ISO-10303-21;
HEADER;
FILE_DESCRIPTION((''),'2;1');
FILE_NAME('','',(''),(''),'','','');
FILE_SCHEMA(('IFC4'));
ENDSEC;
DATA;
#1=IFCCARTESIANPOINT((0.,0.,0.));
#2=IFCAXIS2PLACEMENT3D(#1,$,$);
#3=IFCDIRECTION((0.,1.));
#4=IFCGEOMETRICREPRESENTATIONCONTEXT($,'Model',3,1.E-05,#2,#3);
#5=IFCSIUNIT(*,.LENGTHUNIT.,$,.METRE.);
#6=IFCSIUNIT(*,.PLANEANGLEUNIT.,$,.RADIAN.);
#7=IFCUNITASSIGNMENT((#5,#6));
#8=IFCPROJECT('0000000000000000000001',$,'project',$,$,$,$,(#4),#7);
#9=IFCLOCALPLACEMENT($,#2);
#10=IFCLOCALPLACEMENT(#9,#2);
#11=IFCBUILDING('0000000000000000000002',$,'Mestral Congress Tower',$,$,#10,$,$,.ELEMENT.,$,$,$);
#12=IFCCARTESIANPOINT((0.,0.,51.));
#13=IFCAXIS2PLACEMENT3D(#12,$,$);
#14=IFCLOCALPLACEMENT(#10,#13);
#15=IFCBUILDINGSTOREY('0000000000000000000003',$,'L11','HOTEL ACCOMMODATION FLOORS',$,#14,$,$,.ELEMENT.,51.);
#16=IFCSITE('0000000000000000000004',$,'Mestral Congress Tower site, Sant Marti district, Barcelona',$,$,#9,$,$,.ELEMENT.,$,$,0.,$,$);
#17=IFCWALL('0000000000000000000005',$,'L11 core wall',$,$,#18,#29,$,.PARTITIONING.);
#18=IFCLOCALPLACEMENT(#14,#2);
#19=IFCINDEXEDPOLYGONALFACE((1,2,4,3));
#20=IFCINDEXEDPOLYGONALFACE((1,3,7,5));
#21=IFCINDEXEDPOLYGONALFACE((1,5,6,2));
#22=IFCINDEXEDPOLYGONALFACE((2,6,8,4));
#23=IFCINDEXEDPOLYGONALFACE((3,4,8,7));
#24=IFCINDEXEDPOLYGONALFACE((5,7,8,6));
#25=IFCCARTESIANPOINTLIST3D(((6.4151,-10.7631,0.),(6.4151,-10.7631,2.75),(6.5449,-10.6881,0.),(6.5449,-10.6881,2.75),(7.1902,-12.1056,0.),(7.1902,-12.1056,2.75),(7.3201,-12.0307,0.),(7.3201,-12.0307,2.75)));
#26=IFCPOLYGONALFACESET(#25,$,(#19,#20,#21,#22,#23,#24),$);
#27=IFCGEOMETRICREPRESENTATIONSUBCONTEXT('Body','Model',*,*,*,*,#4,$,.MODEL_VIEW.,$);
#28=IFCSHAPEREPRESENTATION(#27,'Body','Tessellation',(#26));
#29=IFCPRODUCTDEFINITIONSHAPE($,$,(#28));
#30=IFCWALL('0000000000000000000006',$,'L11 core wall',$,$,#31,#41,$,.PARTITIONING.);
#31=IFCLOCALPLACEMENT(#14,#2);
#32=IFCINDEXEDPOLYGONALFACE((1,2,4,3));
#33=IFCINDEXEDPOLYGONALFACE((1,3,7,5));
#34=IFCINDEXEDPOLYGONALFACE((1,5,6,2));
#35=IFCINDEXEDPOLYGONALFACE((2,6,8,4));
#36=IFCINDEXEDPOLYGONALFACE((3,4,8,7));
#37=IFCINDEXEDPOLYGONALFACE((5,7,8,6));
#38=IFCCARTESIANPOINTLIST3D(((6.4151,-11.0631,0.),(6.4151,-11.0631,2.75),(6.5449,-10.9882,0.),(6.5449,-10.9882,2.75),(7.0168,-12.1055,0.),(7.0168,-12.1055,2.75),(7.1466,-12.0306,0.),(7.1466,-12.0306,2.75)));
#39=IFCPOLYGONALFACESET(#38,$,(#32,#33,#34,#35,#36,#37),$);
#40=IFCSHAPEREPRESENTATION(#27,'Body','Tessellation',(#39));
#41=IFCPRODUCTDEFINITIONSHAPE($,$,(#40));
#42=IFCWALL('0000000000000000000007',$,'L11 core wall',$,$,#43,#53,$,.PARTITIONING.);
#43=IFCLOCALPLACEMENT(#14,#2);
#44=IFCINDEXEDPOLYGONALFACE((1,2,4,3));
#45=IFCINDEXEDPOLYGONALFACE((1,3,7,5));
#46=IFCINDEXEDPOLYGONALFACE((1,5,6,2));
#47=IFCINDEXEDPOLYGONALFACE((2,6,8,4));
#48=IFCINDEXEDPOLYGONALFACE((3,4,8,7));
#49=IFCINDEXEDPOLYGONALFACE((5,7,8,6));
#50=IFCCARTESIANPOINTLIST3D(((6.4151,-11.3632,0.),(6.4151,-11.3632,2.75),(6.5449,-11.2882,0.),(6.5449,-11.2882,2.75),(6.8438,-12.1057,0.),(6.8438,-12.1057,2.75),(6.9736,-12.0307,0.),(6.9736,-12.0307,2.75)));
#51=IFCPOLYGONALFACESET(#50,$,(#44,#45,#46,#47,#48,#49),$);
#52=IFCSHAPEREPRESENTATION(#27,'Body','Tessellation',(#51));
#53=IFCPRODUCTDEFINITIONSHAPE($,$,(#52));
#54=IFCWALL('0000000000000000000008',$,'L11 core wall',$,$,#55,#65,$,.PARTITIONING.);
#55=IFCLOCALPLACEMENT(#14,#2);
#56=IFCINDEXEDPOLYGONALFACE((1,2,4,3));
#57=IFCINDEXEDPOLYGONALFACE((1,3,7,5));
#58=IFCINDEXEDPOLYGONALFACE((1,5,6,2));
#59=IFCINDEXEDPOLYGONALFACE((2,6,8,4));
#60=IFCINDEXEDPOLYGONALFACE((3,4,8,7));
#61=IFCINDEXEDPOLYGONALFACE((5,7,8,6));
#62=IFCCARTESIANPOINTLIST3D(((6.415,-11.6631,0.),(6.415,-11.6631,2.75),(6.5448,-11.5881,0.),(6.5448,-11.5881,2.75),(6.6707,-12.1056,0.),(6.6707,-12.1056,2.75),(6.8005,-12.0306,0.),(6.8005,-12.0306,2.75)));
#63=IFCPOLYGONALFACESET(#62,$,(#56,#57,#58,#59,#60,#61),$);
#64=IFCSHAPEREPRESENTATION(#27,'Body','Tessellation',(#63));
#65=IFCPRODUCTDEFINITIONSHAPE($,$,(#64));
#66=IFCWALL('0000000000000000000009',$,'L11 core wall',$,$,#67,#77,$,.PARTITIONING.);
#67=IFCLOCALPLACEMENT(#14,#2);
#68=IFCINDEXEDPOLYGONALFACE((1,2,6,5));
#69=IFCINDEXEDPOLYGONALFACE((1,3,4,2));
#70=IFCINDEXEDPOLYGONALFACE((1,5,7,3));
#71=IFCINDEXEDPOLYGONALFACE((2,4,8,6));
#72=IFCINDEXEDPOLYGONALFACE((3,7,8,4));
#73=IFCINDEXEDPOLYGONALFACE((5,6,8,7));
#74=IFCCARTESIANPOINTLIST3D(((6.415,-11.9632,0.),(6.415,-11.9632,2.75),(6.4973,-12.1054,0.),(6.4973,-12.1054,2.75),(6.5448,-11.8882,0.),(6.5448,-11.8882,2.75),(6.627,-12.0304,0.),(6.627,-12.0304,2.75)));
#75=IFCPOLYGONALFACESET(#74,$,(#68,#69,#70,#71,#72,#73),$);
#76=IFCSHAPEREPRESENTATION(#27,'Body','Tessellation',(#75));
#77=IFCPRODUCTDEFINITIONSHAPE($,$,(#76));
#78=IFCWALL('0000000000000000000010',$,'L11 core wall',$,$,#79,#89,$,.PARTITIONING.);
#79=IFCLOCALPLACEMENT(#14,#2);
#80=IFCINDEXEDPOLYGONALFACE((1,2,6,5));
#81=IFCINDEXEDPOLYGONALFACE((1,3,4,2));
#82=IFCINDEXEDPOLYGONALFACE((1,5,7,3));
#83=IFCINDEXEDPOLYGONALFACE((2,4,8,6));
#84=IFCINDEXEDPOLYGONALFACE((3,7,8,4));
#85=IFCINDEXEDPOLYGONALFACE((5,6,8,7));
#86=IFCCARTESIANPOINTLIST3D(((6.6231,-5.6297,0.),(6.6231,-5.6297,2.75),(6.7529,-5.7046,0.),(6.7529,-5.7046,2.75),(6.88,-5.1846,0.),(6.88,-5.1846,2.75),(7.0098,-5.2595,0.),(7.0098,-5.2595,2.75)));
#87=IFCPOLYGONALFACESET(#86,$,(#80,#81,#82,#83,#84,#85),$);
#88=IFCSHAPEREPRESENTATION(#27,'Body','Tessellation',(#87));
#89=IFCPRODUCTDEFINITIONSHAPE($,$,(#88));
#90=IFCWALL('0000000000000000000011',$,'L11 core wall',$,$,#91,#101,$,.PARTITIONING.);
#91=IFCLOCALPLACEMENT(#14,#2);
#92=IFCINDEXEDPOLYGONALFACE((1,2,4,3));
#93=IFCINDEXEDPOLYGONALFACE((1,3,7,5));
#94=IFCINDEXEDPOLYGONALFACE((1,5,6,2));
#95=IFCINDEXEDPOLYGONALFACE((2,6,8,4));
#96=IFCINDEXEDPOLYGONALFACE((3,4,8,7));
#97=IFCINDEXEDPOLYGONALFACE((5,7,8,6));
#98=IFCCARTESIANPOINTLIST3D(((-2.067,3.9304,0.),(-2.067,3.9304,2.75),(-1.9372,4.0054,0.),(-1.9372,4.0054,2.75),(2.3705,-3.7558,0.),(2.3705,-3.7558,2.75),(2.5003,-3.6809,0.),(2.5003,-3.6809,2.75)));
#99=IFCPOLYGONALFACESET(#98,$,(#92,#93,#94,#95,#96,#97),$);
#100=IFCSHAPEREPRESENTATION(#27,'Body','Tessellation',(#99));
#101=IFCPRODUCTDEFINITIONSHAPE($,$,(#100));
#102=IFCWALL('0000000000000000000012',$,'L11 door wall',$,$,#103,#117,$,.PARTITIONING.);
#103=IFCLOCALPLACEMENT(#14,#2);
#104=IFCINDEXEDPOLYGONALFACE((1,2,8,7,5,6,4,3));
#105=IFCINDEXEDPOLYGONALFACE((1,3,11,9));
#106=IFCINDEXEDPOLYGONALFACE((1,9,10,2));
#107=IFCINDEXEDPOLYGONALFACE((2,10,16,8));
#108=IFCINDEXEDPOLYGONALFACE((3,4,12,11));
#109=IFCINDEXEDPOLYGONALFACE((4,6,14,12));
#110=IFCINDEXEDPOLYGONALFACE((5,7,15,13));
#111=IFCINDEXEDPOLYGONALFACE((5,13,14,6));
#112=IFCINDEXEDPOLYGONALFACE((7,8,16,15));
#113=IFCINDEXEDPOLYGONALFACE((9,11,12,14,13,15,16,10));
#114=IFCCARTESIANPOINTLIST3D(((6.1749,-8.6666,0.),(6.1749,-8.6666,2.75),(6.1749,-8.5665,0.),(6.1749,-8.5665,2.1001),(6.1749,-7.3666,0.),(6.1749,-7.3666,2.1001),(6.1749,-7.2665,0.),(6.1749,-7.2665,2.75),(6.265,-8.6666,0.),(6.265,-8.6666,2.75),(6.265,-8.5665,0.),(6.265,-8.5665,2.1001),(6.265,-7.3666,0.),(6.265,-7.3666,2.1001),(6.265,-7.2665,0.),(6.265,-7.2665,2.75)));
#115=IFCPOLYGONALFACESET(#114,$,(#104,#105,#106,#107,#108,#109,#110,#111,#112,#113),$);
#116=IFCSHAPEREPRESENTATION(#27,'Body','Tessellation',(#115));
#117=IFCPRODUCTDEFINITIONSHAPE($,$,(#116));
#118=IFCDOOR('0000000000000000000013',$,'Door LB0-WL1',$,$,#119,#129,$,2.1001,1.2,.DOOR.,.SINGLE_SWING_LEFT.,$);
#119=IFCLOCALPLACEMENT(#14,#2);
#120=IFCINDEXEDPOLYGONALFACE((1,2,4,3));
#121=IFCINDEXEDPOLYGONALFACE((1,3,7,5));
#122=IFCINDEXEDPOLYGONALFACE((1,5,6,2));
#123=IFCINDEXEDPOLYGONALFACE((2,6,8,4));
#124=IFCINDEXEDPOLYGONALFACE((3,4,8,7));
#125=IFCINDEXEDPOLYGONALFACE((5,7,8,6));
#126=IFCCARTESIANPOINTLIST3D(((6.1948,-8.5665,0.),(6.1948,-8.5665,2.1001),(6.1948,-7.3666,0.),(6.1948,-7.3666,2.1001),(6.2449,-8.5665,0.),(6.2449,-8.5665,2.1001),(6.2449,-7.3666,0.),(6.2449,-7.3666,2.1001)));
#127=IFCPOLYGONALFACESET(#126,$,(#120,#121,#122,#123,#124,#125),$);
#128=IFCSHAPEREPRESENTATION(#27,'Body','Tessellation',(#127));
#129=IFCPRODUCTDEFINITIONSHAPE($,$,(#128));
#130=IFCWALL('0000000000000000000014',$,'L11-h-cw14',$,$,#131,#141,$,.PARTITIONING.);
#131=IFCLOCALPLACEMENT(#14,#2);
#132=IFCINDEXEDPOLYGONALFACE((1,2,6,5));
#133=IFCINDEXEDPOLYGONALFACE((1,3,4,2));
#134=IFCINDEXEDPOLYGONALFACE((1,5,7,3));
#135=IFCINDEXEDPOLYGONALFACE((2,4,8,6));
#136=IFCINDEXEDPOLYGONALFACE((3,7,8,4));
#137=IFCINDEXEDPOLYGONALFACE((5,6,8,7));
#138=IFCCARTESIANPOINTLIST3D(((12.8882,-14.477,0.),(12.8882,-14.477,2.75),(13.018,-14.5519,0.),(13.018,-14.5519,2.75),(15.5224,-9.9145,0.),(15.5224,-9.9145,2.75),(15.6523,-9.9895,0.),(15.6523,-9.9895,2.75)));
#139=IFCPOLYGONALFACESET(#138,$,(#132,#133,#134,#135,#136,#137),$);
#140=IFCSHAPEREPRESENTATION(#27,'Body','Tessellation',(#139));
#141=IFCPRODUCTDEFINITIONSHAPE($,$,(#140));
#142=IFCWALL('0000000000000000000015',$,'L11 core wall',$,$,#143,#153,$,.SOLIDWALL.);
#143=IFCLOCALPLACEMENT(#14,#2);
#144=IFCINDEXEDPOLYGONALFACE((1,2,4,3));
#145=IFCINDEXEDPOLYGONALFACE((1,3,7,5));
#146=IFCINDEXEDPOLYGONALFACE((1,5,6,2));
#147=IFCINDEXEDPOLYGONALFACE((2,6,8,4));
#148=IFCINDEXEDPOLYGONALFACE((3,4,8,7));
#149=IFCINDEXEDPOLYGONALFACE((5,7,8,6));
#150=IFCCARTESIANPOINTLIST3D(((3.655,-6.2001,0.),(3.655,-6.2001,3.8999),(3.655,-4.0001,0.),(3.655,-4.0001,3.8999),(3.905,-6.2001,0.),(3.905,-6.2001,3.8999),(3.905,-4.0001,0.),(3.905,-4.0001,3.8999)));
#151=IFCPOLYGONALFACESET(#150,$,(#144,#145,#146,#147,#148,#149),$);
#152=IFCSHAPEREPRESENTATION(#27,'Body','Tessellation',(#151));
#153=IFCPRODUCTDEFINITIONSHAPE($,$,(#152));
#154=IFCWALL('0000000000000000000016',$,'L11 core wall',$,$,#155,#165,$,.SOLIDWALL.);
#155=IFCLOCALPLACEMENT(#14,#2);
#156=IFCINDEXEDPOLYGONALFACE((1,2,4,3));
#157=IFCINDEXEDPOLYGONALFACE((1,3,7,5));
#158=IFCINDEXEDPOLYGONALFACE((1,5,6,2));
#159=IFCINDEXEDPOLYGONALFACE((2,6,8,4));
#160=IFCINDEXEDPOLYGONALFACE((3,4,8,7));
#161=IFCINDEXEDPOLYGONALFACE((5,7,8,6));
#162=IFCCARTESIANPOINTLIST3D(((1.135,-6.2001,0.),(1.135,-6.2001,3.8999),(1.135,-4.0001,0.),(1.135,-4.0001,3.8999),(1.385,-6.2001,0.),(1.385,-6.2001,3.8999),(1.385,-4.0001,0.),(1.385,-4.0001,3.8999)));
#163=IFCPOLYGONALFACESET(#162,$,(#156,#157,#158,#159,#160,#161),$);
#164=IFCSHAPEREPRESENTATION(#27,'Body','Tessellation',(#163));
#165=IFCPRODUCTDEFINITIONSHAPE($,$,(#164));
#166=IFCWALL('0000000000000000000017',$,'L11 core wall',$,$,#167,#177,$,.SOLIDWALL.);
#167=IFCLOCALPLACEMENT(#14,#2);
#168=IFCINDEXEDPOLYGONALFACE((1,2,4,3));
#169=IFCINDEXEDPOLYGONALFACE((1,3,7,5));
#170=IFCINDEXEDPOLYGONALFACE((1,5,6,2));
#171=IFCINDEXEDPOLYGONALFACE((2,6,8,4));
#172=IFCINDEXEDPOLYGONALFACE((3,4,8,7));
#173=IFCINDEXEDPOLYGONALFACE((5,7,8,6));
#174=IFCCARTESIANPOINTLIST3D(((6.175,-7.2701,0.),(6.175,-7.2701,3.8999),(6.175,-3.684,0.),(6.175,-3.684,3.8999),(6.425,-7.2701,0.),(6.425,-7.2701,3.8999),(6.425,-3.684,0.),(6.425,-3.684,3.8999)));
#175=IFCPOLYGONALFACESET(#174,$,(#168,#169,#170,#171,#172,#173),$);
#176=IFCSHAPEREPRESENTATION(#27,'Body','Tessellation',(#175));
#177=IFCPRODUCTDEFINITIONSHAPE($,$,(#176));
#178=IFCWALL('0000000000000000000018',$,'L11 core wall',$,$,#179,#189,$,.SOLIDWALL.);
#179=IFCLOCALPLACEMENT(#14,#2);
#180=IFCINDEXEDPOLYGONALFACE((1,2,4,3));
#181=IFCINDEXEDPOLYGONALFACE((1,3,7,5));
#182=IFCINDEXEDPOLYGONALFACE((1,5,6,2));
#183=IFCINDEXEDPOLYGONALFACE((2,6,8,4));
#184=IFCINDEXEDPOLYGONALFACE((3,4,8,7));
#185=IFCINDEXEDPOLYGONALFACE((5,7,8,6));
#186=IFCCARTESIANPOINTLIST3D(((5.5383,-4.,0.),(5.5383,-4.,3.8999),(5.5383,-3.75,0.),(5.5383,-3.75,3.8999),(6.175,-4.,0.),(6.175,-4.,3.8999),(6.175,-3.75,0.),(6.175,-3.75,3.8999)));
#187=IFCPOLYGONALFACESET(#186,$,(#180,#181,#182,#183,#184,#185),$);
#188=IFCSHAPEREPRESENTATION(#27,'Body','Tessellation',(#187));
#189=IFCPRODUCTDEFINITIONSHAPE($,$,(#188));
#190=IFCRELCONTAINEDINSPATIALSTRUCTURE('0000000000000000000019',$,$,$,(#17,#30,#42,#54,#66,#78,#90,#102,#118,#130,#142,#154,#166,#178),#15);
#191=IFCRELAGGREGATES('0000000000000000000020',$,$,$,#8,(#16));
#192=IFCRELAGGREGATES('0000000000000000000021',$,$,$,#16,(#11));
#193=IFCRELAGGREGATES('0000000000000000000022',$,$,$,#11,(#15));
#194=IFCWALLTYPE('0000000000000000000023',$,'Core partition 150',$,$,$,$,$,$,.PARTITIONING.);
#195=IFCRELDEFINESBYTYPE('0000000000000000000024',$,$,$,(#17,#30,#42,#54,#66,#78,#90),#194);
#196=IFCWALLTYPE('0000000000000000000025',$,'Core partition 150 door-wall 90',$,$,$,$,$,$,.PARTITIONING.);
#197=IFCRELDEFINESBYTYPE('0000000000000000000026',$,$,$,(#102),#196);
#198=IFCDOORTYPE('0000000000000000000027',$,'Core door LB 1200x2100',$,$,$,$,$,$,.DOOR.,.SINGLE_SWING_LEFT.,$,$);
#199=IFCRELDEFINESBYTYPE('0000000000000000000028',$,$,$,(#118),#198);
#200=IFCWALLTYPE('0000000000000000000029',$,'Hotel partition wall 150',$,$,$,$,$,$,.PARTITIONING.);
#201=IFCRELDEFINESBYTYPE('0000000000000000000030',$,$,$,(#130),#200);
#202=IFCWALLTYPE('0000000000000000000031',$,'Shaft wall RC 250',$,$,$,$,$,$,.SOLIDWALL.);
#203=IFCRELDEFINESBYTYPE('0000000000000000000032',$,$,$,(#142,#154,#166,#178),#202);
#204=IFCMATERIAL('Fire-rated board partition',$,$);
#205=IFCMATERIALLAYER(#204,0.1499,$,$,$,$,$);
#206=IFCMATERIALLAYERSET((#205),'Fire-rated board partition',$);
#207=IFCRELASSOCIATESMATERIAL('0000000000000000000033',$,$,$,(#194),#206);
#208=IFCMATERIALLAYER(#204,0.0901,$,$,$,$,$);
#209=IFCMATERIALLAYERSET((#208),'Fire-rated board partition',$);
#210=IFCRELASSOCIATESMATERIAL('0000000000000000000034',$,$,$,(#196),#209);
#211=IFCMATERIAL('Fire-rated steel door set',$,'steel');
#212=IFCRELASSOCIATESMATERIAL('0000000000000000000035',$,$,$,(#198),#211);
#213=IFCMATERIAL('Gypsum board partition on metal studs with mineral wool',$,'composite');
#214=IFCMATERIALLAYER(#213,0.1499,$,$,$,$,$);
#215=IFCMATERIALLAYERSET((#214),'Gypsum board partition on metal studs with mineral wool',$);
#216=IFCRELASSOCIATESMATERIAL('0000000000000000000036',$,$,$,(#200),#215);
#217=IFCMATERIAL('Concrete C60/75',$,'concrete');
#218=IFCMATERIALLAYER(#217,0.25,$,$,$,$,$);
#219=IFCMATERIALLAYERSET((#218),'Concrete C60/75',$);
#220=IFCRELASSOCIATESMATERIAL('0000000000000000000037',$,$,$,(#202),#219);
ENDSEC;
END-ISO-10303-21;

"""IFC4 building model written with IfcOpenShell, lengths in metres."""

from ifc_helpers import new_model, si_unit, direction, frame, frame_2d, origin, place, context, subcontext, project, spatial, rectangle, extrude, material, layer, layer_set, type_object, element, fill, save


model = new_model("IFC4")

# Units and contexts
model_context = context("Model", 3, precision=1e-05, world=origin(), true_north=direction((0.0, 1.0)))
body_context = subcontext(model_context, "Body", "Model", "MODEL_VIEW")
ifc_project = project(units=[si_unit("LENGTHUNIT", "METRE"), si_unit("PLANEANGLEUNIT", "RADIAN")], contexts=[model_context])

# Site, building, storey
site_placement = place(None, origin())
site = spatial("IfcSite", under=ifc_project, at=site_placement, Name="Mestral Congress Tower site, Sant Marti district, Barcelona", CompositionType="ELEMENT", RefElevation=0.0)
building_placement = place(site_placement, origin())
building = spatial("IfcBuilding", under=site, at=building_placement, Name="Mestral Congress Tower", CompositionType="ELEMENT")
storey_placement = place(building_placement, frame((0.0, 0.0, 51.0)))
storey = spatial("IfcBuildingStorey", under=building, at=storey_placement, Name="L11", Description="HOTEL ACCOMMODATION FLOORS", CompositionType="ELEMENT", Elevation=51.0)

# Walls
ifc_material_1 = material(Name="Fire-rated board partition")
ifc_layer_1 = layer(ifc_material_1, 0.1499)
ifc_layer_set_1 = layer_set([ifc_layer_1], Name="Fire-rated board partition")
wall_type_1 = type_object("IfcWallType", Name="Core partition 150", PredefinedType="PARTITIONING", material=ifc_layer_set_1)
wall_1_placement = place(storey_placement, frame((6.48, -10.7256, 0.0), z_axis=(0.0, 0.0, 1.0), x_axis=(0.500018, -0.866015, 0.0)))
element("IfcWall", 1, at=wall_1_placement, inside=storey, type_object=wall_type_1, Name="L11 core wall", PredefinedType="PARTITIONING", context=body_context, shape_type="SweptSolid", body=[
    extrude(rectangle(XDim=1.5503, YDim=0.1499, at=frame_2d((0.7751, 0.0))), origin(), (0.0, 0.0, 1.0), 2.75),
])
wall_2_placement = place(storey_placement, frame((6.48, -11.0256, 0.0), z_axis=(0.0, 0.0, 1.0), x_axis=(0.499957, -0.86605, 0.0)))
element("IfcWall", 2, at=wall_2_placement, inside=storey, type_object=wall_type_1, Name="L11 core wall", PredefinedType="PARTITIONING", context=body_context, shape_type="SweptSolid", body=[
    extrude(rectangle(XDim=1.2036, YDim=0.1499, at=frame_2d((0.6018, 0.0))), origin(), (0.0, 0.0, 1.0), 2.75),
])
wall_3_placement = place(storey_placement, frame((6.48, -11.3257, 0.0), z_axis=(0.0, 0.0, 1.0), x_axis=(0.500059, -0.865991, 0.0)))
element("IfcWall", 3, at=wall_3_placement, inside=storey, type_object=wall_type_1, Name="L11 core wall", PredefinedType="PARTITIONING", context=body_context, shape_type="SweptSolid", body=[
    extrude(rectangle(XDim=0.8574, YDim=0.1499, at=frame_2d((0.4287, 0.0))), origin(), (0.0, 0.0, 1.0), 2.75),
])
wall_4_placement = place(storey_placement, frame((6.48, -11.6257, 0.0), z_axis=(0.0, 0.0, 1.0), x_axis=(0.500301, -0.865851, 0.0)))
element("IfcWall", 4, at=wall_4_placement, inside=storey, type_object=wall_type_1, Name="L11 core wall", PredefinedType="PARTITIONING", context=body_context, shape_type="SweptSolid", body=[
    extrude(rectangle(XDim=0.511, YDim=0.1499, at=frame_2d((0.2554, 0.0))), origin(), (0.0, 0.0, 1.0), 2.75),
])
wall_5_placement = place(storey_placement, frame((6.48, -11.9258, 0.0), z_axis=(0.0, 0.0, 1.0), x_axis=(0.500451, -0.865765, 0.0)))
element("IfcWall", 5, at=wall_5_placement, inside=storey, type_object=wall_type_1, Name="L11 core wall", PredefinedType="PARTITIONING", context=body_context, shape_type="SweptSolid", body=[
    extrude(rectangle(XDim=0.1643, YDim=0.1499, at=frame_2d((0.082, 0.0))), origin(), (0.0, 0.0, 1.0), 2.75),
])
wall_6_placement = place(storey_placement, frame((6.9448, -5.2222, 0.0), z_axis=(0.0, 0.0, 1.0), x_axis=(-0.499818, -0.86613, 0.0)))
element("IfcWall", 6, at=wall_6_placement, inside=storey, type_object=wall_type_1, Name="L11 core wall", PredefinedType="PARTITIONING", context=body_context, shape_type="SweptSolid", body=[
    extrude(rectangle(XDim=0.5139, YDim=0.1499, at=frame_2d((0.2568, 0.0))), origin(), (0.0, 0.0, 1.0), 2.75),
])
wall_7_placement = place(storey_placement, frame((2.4353, -3.7183, 0.0), z_axis=(0.0, 0.0, 1.0), x_axis=(-0.499985, 0.866034, 0.0)))
element("IfcWall", 7, at=wall_7_placement, inside=storey, type_object=wall_type_1, Name="L11 core wall", PredefinedType="PARTITIONING", context=body_context, shape_type="SweptSolid", body=[
    extrude(rectangle(XDim=8.8752, YDim=0.1499, at=frame_2d((4.4375, 0.0))), origin(), (0.0, 0.0, 1.0), 2.75),
])

# Wall, opening, door
ifc_layer_2 = layer(ifc_material_1, 0.0901)
ifc_layer_set_2 = layer_set([ifc_layer_2], Name="Fire-rated board partition")
wall_type_2 = type_object("IfcWallType", Name="Core partition 150 door-wall 90", PredefinedType="PARTITIONING", material=ifc_layer_set_2)
wall_8_placement = place(storey_placement, frame((6.22, -7.2664, 0.0), z_axis=(0.0, 0.0, 1.0), x_axis=(0.0, -1.0, 0.0)))
wall_8 = element("IfcWall", 8, at=wall_8_placement, inside=storey, type_object=wall_type_2, Name="L11 door wall", PredefinedType="PARTITIONING", context=body_context, shape_type="SweptSolid", body=[
    extrude(rectangle(XDim=1.4001, YDim=0.0901, at=frame_2d((0.7002, 0.0))), origin(), (0.0, 0.0, 1.0), 2.75),
])
opening_1_placement = place(wall_8_placement, frame((0.1001, 0.0, 0.0)))
opening_1 = element("IfcOpeningElement", 9, at=opening_1_placement, cuts=wall_8, PredefinedType="OPENING", context=body_context, shape_type="SweptSolid", body=[
    extrude(rectangle(XDim=1.2, YDim=2.1001, at=frame_2d((0.6001, 1.05))), frame((0.0, 0.0549, 0.0), z_axis=(0.0, -1.0, 0.0), x_axis=(1.0, 0.0, 0.0)), (0.0, 0.0, 1.0), 0.1101),
])
ifc_material_2 = material(Name="Fire-rated steel door set", Category="steel")
door_type_1 = type_object("IfcDoorType", Name="Core door LB 1200x2100", OperationType="SINGLE_SWING_LEFT", PredefinedType="DOOR", material=ifc_material_2)
door_1_placement = place(opening_1_placement, origin())
door_1 = element("IfcDoor", 10, at=door_1_placement, inside=storey, type_object=door_type_1, Name="Door LB0-WL1", OperationType="SINGLE_SWING_LEFT", OverallHeight=2.1001, OverallWidth=1.2, PredefinedType="DOOR", context=body_context, shape_type="SweptSolid", body=[
    extrude(rectangle(XDim=1.2, YDim=2.1001, at=frame_2d((0.6001, 1.05))), frame((0.0, 0.0249, 0.0), z_axis=(0.0, -1.0, 0.0), x_axis=(1.0, 0.0, 0.0)), (0.0, 0.0, 1.0), 0.05),
])
fill(opening_1, door_1)

# Walls
ifc_material_3 = material(Name="Gypsum board partition on metal studs with mineral wool", Category="composite")
ifc_layer_3 = layer(ifc_material_3, 0.1499)
ifc_layer_set_3 = layer_set([ifc_layer_3], Name="Gypsum board partition on metal studs with mineral wool")
wall_type_3 = type_object("IfcWallType", Name="Hotel partition wall 150", PredefinedType="PARTITIONING", material=ifc_layer_set_3)
wall_9_placement = place(storey_placement, frame((15.5874, -9.9519, 0.0), z_axis=(0.0, 0.0, 1.0), x_axis=(-0.500017, -0.866016, 0.0)))
element("IfcWall", 11, at=wall_9_placement, inside=storey, type_object=wall_type_3, Name="L11-h-cw14", PredefinedType="PARTITIONING", context=body_context, shape_type="SweptSolid", body=[
    extrude(rectangle(XDim=5.2683, YDim=0.1499, at=frame_2d((2.6343, 0.0))), origin(), (0.0, 0.0, 1.0), 2.75),
])
ifc_material_4 = material(Name="Concrete C60/75", Category="concrete")
ifc_layer_4 = layer(ifc_material_4, 0.25)
ifc_layer_set_4 = layer_set([ifc_layer_4], Name="Concrete C60/75")
wall_type_4 = type_object("IfcWallType", Name="Shaft wall RC 250", PredefinedType="SOLIDWALL", material=ifc_layer_set_4)
for number, where, z_axis, x_axis, name in (
    (12, (3.78, -4.0, 0.0), (0.0, 0.0, 1.0), (0.0, -1.0, 0.0), "L11 core wall"),
    (13, (1.26, -4.0, 0.0), (0.0, 0.0, 1.0), (0.0, -1.0, 0.0), "L11 core wall"),
):
    element("IfcWall", number, at=place(storey_placement, frame(where, z_axis=z_axis, x_axis=x_axis)), inside=storey, type_object=wall_type_4, Name=name, PredefinedType="SOLIDWALL", context=body_context, shape_type="SweptSolid", body=[
        extrude(rectangle(XDim=2.2, YDim=0.25, at=frame_2d((1.1001, 0.0))), origin(), (0.0, 0.0, 1.0), 3.8999),
    ])
wall_10_placement = place(storey_placement, frame((6.3, -7.27, 0.0), z_axis=(0.0, 0.0, 1.0), x_axis=(0.0, 1.0, 0.0)))
element("IfcWall", 14, at=wall_10_placement, inside=storey, type_object=wall_type_4, Name="L11 core wall", PredefinedType="SOLIDWALL", context=body_context, shape_type="SweptSolid", body=[
    extrude(rectangle(XDim=3.5862, YDim=0.25, at=frame_2d((1.793, 0.0))), origin(), (0.0, 0.0, 1.0), 3.8999),
])
wall_11_placement = place(storey_placement, frame((5.5383, -3.875, 0.0), z_axis=(0.0, 0.0, 1.0), x_axis=(1.0, 0.0, 0.0)))
element("IfcWall", 15, at=wall_11_placement, inside=storey, type_object=wall_type_4, Name="L11 core wall", PredefinedType="SOLIDWALL", context=body_context, shape_type="SweptSolid", body=[
    extrude(rectangle(XDim=0.6367, YDim=0.25, at=frame_2d((0.3184, 0.0))), origin(), (0.0, 0.0, 1.0), 3.8999),
])

save(model, "model.ifc")
